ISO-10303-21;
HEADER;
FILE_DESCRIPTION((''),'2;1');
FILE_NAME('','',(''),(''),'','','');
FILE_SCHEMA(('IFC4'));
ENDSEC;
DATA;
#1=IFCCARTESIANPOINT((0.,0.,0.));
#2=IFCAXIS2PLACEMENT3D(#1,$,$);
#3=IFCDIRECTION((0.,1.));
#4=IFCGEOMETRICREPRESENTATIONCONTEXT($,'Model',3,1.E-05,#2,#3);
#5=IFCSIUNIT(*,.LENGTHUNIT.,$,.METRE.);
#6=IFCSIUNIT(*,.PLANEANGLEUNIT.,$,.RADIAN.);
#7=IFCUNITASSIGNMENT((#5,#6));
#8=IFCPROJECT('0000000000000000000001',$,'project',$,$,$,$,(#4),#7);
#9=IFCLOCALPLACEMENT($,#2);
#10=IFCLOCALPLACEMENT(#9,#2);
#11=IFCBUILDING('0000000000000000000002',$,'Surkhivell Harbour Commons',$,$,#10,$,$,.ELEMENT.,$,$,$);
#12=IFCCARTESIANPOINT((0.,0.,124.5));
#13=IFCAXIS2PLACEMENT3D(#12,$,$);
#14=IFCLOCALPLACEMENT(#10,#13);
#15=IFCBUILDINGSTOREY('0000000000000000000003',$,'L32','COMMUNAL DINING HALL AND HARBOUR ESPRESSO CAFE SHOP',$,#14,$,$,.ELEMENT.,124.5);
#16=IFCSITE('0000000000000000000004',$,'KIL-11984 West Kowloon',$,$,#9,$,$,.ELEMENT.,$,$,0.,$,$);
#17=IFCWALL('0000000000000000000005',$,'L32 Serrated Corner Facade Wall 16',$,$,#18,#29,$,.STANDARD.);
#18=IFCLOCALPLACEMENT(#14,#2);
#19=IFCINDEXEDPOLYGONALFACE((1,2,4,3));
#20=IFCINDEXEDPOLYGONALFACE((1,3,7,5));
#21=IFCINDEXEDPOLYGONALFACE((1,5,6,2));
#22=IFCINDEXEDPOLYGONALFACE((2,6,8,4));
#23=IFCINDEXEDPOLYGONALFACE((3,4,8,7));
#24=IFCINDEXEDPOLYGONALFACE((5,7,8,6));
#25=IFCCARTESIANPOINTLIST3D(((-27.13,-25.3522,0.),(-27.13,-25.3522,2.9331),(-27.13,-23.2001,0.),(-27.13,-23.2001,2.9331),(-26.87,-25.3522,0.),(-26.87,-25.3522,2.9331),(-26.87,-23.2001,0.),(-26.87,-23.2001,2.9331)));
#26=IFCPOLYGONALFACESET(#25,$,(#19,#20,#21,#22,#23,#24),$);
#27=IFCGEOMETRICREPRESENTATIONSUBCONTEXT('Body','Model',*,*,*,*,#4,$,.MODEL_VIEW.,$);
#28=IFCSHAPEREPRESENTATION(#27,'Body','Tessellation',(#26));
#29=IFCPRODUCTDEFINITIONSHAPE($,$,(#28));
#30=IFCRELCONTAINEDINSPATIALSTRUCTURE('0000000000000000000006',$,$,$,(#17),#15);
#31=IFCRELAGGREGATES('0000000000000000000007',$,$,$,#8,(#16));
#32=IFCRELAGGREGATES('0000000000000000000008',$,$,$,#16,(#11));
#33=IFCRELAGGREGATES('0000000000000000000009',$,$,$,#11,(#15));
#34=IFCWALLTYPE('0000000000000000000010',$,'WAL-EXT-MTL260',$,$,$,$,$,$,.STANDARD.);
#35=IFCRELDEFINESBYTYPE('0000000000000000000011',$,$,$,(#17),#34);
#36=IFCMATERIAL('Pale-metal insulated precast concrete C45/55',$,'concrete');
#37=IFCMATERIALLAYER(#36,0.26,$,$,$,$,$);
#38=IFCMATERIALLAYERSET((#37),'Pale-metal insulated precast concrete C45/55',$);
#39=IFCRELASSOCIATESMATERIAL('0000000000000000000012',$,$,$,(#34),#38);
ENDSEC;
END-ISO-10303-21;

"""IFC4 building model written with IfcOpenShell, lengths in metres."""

from ifc_helpers import new_model, si_unit, direction, frame, frame_2d, origin, place, context, subcontext, project, spatial, rectangle, extrude, material, layer, layer_set, type_object, element, save


model = new_model("IFC4")

# Units and contexts
model_context = context("Model", 3, precision=1e-05, world=origin(), true_north=direction((0.0, 1.0)))
body_context = subcontext(model_context, "Body", "Model", "MODEL_VIEW")
ifc_project = project(units=[si_unit("LENGTHUNIT", "METRE"), si_unit("PLANEANGLEUNIT", "RADIAN")], contexts=[model_context])

# Site, building, storey
site_placement = place(None, origin())
site = spatial("IfcSite", under=ifc_project, at=site_placement, Name="KIL-11984 West Kowloon", CompositionType="ELEMENT", RefElevation=0.0)
building_placement = place(site_placement, origin())
building = spatial("IfcBuilding", under=site, at=building_placement, Name="Surkhivell Harbour Commons", CompositionType="ELEMENT")
storey_placement = place(building_placement, frame((0.0, 0.0, 124.5)))
storey = spatial("IfcBuildingStorey", under=building, at=storey_placement, Name="L32", Description="COMMUNAL DINING HALL AND HARBOUR ESPRESSO CAFE SHOP", CompositionType="ELEMENT", Elevation=124.5)

# Wall
ifc_material_1 = material(Name="Pale-metal insulated precast concrete C45/55", Category="concrete")
ifc_layer_1 = layer(ifc_material_1, 0.26)
ifc_layer_set_1 = layer_set([ifc_layer_1], Name="Pale-metal insulated precast concrete C45/55")
wall_type = type_object("IfcWallType", Name="WAL-EXT-MTL260", PredefinedType="STANDARD", material=ifc_layer_set_1)
wall_1_placement = place(storey_placement, frame((-27.0, -23.2, 0.0), z_axis=(0.0, 0.0, 1.0), x_axis=(0.0, -1.0, 0.0)))
element("IfcWall", 1, at=wall_1_placement, inside=storey, type_object=wall_type, Name="L32 Serrated Corner Facade Wall 16", PredefinedType="STANDARD", context=body_context, shape_type="SweptSolid", body=[
    extrude(rectangle(XDim=2.1521, YDim=0.26, at=frame_2d((1.0762, 0.0))), origin(), (0.0, 0.0, 1.0), 2.9331),
])

save(model, "model.ifc")
